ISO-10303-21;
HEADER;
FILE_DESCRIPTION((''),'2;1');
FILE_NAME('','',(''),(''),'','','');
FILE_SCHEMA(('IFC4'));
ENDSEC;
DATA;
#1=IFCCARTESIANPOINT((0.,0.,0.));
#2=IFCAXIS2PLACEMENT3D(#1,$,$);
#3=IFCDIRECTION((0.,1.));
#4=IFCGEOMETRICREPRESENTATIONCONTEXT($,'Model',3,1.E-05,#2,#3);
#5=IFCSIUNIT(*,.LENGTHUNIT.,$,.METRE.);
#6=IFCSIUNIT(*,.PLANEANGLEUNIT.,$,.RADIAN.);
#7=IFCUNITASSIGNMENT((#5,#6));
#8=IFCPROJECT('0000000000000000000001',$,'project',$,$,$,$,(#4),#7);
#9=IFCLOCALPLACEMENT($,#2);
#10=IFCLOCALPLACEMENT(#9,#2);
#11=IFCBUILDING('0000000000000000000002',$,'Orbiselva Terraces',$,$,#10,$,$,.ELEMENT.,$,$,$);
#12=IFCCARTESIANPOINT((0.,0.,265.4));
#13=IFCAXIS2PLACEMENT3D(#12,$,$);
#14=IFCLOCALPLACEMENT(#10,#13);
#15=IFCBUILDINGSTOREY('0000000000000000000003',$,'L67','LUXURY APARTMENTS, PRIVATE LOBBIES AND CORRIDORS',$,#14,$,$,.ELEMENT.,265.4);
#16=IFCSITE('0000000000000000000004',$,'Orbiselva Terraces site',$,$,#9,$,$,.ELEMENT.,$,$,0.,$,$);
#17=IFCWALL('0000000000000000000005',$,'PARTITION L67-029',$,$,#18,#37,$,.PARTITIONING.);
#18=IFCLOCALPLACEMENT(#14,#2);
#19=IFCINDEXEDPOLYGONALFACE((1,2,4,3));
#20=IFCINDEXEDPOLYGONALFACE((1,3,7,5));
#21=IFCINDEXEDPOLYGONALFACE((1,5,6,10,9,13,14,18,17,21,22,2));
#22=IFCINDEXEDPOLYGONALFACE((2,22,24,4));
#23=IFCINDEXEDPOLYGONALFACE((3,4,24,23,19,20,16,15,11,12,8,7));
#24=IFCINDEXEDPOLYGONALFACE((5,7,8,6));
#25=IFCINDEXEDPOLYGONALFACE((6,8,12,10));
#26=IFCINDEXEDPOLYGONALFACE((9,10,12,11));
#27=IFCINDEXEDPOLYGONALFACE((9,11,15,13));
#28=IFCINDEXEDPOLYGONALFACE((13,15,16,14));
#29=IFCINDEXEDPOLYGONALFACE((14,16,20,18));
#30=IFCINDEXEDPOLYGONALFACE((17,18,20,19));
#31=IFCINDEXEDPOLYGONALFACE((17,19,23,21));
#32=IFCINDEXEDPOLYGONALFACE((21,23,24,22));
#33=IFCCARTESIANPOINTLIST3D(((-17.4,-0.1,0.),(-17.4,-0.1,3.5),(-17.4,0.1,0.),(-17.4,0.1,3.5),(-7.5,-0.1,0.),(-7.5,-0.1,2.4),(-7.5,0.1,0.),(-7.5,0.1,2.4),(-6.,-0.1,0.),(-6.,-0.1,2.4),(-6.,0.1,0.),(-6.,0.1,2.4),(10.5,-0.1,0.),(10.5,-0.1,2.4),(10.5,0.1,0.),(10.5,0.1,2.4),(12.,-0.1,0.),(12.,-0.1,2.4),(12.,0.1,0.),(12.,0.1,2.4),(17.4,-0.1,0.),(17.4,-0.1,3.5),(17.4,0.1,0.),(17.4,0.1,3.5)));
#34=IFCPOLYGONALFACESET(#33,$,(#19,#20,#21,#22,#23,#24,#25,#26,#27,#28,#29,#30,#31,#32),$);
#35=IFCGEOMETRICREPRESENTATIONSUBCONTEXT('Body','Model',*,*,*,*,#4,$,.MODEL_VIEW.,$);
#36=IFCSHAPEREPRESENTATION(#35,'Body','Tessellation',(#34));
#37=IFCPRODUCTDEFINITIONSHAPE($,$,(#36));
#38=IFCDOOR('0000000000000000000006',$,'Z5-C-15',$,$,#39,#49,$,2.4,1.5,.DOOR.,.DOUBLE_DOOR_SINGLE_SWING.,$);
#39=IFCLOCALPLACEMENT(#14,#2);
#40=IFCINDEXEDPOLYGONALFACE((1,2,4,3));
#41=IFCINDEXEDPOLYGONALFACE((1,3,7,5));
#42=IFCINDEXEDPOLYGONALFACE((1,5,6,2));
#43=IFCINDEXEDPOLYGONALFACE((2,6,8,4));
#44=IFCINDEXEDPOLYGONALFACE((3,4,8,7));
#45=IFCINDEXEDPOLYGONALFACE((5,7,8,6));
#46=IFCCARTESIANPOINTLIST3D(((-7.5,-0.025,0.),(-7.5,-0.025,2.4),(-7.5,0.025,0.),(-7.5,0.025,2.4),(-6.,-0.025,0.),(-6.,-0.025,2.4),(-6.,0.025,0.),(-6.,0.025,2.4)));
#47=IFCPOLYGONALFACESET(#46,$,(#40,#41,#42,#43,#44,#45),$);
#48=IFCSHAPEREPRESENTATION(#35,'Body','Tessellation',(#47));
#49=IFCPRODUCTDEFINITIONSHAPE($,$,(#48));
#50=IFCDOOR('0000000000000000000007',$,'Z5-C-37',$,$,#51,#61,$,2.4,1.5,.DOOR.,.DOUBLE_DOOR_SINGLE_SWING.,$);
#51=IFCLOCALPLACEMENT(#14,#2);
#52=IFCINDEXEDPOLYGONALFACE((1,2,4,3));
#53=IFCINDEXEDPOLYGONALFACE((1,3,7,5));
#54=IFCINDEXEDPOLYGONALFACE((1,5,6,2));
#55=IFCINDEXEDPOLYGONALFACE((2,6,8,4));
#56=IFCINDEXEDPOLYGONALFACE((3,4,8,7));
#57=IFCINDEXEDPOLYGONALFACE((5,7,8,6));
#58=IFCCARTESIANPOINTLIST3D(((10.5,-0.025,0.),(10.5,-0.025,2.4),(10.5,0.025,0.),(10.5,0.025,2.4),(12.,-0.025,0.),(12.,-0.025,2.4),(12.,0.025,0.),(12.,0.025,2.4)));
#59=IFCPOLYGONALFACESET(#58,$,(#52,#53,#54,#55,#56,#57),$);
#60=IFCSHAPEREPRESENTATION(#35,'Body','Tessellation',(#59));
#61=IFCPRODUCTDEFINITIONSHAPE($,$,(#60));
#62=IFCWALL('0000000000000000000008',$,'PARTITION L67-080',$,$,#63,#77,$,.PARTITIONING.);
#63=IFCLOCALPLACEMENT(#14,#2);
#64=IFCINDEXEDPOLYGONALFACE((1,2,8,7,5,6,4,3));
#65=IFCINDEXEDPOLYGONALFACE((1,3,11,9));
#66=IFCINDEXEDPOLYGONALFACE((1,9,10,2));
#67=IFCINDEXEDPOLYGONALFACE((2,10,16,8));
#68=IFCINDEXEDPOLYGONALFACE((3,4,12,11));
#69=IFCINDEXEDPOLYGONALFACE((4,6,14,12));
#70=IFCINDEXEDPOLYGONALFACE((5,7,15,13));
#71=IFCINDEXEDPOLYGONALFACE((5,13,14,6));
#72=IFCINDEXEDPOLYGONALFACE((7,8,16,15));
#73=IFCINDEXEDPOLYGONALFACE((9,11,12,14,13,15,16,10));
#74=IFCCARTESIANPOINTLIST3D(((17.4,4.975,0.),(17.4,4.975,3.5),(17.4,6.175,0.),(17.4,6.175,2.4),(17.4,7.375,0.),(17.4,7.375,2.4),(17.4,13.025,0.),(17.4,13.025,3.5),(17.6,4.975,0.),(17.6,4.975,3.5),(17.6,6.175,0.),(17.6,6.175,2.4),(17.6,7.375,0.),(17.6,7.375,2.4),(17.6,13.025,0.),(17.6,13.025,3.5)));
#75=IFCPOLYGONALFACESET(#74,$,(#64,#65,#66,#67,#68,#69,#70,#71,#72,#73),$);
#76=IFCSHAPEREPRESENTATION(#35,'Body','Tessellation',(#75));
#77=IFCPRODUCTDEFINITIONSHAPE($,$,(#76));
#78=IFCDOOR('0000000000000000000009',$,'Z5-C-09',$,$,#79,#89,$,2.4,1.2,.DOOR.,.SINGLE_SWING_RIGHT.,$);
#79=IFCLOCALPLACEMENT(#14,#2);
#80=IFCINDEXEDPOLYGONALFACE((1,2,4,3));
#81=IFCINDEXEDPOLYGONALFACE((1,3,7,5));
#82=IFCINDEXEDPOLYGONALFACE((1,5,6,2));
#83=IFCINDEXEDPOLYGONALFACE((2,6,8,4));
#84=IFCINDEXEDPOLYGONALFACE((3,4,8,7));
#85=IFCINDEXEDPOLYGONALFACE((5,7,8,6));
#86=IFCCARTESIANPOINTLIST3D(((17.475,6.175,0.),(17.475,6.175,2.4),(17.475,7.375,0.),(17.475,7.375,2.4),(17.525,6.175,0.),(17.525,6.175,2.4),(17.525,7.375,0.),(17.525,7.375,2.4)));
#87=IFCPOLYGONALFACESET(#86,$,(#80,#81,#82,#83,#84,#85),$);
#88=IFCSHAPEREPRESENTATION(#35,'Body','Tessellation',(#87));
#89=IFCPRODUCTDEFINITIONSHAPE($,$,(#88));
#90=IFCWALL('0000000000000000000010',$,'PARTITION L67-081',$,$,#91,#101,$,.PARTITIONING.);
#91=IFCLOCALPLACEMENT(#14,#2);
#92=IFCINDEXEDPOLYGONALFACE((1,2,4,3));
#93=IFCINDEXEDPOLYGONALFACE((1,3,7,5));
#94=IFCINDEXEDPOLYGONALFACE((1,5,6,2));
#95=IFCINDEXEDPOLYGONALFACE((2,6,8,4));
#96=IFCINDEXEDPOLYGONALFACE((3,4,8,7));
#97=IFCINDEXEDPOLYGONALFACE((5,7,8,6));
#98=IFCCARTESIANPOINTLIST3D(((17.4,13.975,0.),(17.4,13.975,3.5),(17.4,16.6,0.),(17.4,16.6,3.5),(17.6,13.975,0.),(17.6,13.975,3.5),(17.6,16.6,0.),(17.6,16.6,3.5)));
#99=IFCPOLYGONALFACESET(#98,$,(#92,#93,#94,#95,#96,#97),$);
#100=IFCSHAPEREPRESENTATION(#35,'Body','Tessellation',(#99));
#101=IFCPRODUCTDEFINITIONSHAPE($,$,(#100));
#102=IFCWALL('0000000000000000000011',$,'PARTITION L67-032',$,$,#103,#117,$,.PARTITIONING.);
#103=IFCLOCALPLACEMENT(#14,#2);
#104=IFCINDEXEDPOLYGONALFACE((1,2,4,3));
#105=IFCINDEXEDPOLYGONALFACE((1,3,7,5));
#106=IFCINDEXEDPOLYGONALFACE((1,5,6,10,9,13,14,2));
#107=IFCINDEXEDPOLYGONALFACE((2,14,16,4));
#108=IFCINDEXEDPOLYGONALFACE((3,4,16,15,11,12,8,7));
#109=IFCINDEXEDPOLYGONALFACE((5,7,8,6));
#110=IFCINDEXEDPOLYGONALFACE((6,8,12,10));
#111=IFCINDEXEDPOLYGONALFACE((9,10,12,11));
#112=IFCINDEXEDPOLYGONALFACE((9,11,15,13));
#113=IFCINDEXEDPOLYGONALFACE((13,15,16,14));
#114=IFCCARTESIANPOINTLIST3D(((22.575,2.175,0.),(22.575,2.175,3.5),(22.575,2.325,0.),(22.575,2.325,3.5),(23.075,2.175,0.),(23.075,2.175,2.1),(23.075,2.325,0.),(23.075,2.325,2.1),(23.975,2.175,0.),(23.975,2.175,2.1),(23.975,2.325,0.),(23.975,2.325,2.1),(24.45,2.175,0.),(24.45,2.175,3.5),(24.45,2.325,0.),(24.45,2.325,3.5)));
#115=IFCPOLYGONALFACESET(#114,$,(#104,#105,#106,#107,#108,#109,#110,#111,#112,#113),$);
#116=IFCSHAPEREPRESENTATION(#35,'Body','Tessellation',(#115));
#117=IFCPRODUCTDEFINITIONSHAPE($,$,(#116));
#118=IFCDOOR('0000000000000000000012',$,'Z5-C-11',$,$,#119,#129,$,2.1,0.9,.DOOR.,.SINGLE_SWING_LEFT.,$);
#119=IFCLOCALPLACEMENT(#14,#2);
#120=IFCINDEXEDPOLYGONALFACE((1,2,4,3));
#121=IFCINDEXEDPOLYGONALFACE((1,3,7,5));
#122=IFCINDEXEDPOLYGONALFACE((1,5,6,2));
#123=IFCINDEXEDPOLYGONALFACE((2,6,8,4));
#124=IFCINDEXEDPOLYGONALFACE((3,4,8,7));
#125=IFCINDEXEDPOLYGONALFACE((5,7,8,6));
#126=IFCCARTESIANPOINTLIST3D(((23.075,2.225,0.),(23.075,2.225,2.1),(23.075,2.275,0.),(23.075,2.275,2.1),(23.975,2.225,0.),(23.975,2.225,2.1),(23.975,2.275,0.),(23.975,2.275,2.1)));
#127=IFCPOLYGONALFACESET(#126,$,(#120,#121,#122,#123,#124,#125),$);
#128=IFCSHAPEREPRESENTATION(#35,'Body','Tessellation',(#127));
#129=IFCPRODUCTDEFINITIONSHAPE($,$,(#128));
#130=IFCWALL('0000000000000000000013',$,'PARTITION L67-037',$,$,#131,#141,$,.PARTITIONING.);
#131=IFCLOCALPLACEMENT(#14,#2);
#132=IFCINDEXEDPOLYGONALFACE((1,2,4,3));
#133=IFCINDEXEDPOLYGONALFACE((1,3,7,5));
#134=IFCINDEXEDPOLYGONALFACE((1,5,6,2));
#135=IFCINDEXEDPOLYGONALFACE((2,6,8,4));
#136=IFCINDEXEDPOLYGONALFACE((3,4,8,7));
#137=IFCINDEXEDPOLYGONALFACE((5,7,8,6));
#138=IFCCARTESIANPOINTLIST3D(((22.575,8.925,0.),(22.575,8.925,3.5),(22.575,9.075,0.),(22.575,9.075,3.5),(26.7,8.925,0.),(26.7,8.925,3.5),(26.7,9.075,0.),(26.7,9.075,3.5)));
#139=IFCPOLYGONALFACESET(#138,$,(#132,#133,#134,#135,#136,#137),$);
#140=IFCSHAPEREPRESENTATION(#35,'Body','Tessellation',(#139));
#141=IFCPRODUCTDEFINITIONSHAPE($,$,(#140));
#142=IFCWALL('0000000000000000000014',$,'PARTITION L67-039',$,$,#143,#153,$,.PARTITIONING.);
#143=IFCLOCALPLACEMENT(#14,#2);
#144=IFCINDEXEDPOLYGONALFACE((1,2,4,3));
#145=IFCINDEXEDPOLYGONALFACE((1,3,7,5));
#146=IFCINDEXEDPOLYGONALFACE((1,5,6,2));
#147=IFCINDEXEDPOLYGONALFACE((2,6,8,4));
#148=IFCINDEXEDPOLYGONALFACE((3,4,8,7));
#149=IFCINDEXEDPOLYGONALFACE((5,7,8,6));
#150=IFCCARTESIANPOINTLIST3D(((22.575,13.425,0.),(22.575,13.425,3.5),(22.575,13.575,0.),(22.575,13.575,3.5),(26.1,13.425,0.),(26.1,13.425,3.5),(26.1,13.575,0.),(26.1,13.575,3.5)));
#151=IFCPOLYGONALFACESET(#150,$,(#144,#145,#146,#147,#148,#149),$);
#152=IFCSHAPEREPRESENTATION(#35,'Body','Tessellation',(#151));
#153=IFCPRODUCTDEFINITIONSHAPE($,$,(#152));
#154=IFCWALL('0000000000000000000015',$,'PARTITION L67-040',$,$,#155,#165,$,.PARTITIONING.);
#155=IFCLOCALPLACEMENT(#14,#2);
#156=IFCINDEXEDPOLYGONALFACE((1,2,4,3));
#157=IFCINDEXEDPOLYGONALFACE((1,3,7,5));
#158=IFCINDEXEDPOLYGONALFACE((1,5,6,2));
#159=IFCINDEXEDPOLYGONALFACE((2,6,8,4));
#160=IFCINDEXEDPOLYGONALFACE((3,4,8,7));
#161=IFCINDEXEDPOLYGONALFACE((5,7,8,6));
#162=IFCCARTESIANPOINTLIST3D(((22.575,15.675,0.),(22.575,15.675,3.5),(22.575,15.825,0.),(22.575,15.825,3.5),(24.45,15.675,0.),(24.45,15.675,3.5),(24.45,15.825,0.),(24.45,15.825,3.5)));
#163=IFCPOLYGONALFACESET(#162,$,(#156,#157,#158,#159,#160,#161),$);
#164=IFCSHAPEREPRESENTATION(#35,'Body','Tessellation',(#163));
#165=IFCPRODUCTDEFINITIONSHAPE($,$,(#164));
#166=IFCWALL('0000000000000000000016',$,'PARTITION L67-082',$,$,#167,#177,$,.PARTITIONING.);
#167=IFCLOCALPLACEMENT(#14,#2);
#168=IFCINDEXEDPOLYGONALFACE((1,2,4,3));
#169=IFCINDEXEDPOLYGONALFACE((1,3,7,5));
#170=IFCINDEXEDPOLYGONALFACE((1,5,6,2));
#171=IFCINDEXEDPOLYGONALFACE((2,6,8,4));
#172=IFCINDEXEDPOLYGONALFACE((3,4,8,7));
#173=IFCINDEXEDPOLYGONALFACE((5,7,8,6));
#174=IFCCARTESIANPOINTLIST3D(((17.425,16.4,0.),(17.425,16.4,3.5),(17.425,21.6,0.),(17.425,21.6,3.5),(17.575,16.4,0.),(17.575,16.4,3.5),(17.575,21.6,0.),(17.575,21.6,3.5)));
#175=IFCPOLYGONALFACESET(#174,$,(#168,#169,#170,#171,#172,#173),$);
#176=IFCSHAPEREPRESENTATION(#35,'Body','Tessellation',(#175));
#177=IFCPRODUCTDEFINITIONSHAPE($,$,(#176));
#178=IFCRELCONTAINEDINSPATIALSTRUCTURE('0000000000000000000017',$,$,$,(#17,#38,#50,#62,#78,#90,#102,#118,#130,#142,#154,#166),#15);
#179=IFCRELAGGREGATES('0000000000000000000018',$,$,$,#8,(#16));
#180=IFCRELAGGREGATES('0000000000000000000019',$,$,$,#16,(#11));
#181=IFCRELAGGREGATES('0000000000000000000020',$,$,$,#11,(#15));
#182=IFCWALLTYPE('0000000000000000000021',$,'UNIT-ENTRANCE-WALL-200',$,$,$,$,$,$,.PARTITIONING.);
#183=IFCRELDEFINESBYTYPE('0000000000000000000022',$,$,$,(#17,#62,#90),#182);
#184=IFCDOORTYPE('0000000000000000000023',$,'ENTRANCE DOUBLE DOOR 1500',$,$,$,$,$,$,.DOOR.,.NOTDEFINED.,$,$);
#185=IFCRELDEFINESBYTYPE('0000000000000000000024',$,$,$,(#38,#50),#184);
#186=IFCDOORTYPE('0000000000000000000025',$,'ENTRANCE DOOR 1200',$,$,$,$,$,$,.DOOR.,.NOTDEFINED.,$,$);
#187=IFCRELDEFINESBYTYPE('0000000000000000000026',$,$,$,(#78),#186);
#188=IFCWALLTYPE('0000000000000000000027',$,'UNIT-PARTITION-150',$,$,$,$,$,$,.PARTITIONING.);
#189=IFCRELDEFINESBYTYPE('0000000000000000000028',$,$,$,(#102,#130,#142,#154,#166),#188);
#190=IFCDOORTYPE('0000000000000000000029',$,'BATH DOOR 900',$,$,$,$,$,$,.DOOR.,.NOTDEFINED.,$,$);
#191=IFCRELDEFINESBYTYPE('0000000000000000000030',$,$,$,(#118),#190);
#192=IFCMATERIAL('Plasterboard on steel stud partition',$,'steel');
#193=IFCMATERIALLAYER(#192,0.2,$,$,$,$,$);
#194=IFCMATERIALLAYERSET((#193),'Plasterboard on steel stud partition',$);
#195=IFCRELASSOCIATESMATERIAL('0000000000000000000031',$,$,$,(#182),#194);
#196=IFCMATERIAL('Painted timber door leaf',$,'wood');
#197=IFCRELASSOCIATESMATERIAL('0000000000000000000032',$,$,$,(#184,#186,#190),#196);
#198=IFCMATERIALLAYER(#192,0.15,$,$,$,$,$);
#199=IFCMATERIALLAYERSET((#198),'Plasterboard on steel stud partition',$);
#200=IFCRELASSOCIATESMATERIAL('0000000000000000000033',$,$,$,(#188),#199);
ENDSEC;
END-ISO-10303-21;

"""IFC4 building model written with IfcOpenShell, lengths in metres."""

from ifc_helpers import new_model, si_unit, direction, frame, frame_2d, origin, place, context, subcontext, project, spatial, rectangle, extrude, material, layer, layer_set, type_object, element, fill, save


model = new_model("IFC4")

# Units and contexts
model_context = context("Model", 3, precision=1e-05, world=origin(), true_north=direction((0.0, 1.0)))
body_context = subcontext(model_context, "Body", "Model", "MODEL_VIEW")
ifc_project = project(units=[si_unit("LENGTHUNIT", "METRE"), si_unit("PLANEANGLEUNIT", "RADIAN")], contexts=[model_context])

# Site, building, storey
site_placement = place(None, origin())
site = spatial("IfcSite", under=ifc_project, at=site_placement, Name="Orbiselva Terraces site", CompositionType="ELEMENT", RefElevation=0.0)
building_placement = place(site_placement, origin())
building = spatial("IfcBuilding", under=site, at=building_placement, Name="Orbiselva Terraces", CompositionType="ELEMENT")
storey_placement = place(building_placement, frame((0.0, 0.0, 265.4)))
storey = spatial("IfcBuildingStorey", under=building, at=storey_placement, Name="L67", Description="LUXURY APARTMENTS, PRIVATE LOBBIES AND CORRIDORS", CompositionType="ELEMENT", Elevation=265.4)

# Wall, openings, doors
ifc_material_1 = material(Name="Plasterboard on steel stud partition", Category="steel")
ifc_layer_1 = layer(ifc_material_1, 0.2)
ifc_layer_set_1 = layer_set([ifc_layer_1], Name="Plasterboard on steel stud partition")
wall_type_1 = type_object("IfcWallType", Name="UNIT-ENTRANCE-WALL-200", PredefinedType="PARTITIONING", material=ifc_layer_set_1)
wall_1_placement = place(storey_placement, frame((17.4, 0.0, 0.0), z_axis=(0.0, 0.0, 1.0), x_axis=(-1.0, 0.0, 0.0)))
wall_1 = element("IfcWall", 1, at=wall_1_placement, inside=storey, type_object=wall_type_1, Name="PARTITION L67-029", PredefinedType="PARTITIONING", context=body_context, shape_type="SweptSolid", body=[
    extrude(rectangle(XDim=34.8, YDim=0.2, at=frame_2d((17.4, 0.0))), origin(), (0.0, 0.0, 1.0), 3.5),
])
opening_1_placement = place(wall_1_placement, frame((23.4, 0.0, 0.0)))
opening_1 = element("IfcOpeningElement", 2, at=opening_1_placement, cuts=wall_1, PredefinedType="OPENING", context=body_context, shape_type="SweptSolid", body=[
    extrude(rectangle(XDim=1.5, YDim=2.4, at=frame_2d((0.75, 1.2))), frame((0.0, 0.11, 0.0), z_axis=(0.0, -1.0, 0.0), x_axis=(1.0, 0.0, 0.0)), (0.0, 0.0, 1.0), 0.22),
])
opening_2_placement = place(wall_1_placement, frame((5.4, 0.0, 0.0)))
opening_2 = element("IfcOpeningElement", 3, at=opening_2_placement, cuts=wall_1, PredefinedType="OPENING", context=body_context, shape_type="SweptSolid", body=[
    extrude(rectangle(XDim=1.5, YDim=2.4, at=frame_2d((0.75, 1.2))), frame((0.0, 0.11, 0.0), z_axis=(0.0, -1.0, 0.0), x_axis=(1.0, 0.0, 0.0)), (0.0, 0.0, 1.0), 0.22),
])
ifc_material_2 = material(Name="Painted timber door leaf", Category="wood")
door_type_1 = type_object("IfcDoorType", Name="ENTRANCE DOUBLE DOOR 1500", OperationType="NOTDEFINED", PredefinedType="DOOR", material=ifc_material_2)
door_1_placement = place(opening_1_placement, origin())
door_1 = element("IfcDoor", 4, at=door_1_placement, inside=storey, type_object=door_type_1, Name="Z5-C-15", OperationType="DOUBLE_DOOR_SINGLE_SWING", OverallHeight=2.4, OverallWidth=1.5, PredefinedType="DOOR", context=body_context, shape_type="SweptSolid", body=[
    extrude(rectangle(XDim=1.5, YDim=2.4, at=frame_2d((0.75, 1.2))), frame((0.0, 0.025, 0.0), z_axis=(0.0, -1.0, 0.0), x_axis=(1.0, 0.0, 0.0)), (0.0, 0.0, 1.0), 0.05),
])
fill(opening_1, door_1)
door_2_placement = place(opening_2_placement, origin())
door_2 = element("IfcDoor", 5, at=door_2_placement, inside=storey, type_object=door_type_1, Name="Z5-C-37", OperationType="DOUBLE_DOOR_SINGLE_SWING", OverallHeight=2.4, OverallWidth=1.5, PredefinedType="DOOR", context=body_context, shape_type="SweptSolid", body=[
    extrude(rectangle(XDim=1.5, YDim=2.4, at=frame_2d((0.75, 1.2))), frame((0.0, 0.025, 0.0), z_axis=(0.0, -1.0, 0.0), x_axis=(1.0, 0.0, 0.0)), (0.0, 0.0, 1.0), 0.05),
])
fill(opening_2, door_2)

# Wall, opening, door
wall_2_placement = place(storey_placement, frame((17.5, 13.025, 0.0), z_axis=(0.0, 0.0, 1.0), x_axis=(0.0, -1.0, 0.0)))
wall_2 = element("IfcWall", 6, at=wall_2_placement, inside=storey, type_object=wall_type_1, Name="PARTITION L67-080", PredefinedType="PARTITIONING", context=body_context, shape_type="SweptSolid", body=[
    extrude(rectangle(XDim=8.05, YDim=0.2, at=frame_2d((4.025, 0.0))), origin(), (0.0, 0.0, 1.0), 3.5),
])
opening_3_placement = place(wall_2_placement, frame((5.65, 0.0, 0.0)))
opening_3 = element("IfcOpeningElement", 7, at=opening_3_placement, cuts=wall_2, PredefinedType="OPENING", context=body_context, shape_type="SweptSolid", body=[
    extrude(rectangle(XDim=1.2, YDim=2.4, at=frame_2d((0.6, 1.2))), frame((0.0, 0.11, 0.0), z_axis=(0.0, -1.0, 0.0), x_axis=(1.0, 0.0, 0.0)), (0.0, 0.0, 1.0), 0.22),
])
door_type_2 = type_object("IfcDoorType", Name="ENTRANCE DOOR 1200", OperationType="NOTDEFINED", PredefinedType="DOOR", material=ifc_material_2)
door_3_placement = place(opening_3_placement, origin())
door_3 = element("IfcDoor", 8, at=door_3_placement, inside=storey, type_object=door_type_2, Name="Z5-C-09", OperationType="SINGLE_SWING_RIGHT", OverallHeight=2.4, OverallWidth=1.2, PredefinedType="DOOR", context=body_context, shape_type="SweptSolid", body=[
    extrude(rectangle(XDim=1.2, YDim=2.4, at=frame_2d((0.6, 1.2))), frame((0.0, 0.025, 0.0), z_axis=(0.0, -1.0, 0.0), x_axis=(1.0, 0.0, 0.0)), (0.0, 0.0, 1.0), 0.05),
])
fill(opening_3, door_3)

# Wall
wall_3_placement = place(storey_placement, frame((17.5, 13.975, 0.0), z_axis=(0.0, 0.0, 1.0), x_axis=(0.0, 1.0, 0.0)))
element("IfcWall", 9, at=wall_3_placement, inside=storey, type_object=wall_type_1, Name="PARTITION L67-081", PredefinedType="PARTITIONING", context=body_context, shape_type="SweptSolid", body=[
    extrude(rectangle(XDim=2.625, YDim=0.2, at=frame_2d((1.3125, 0.0))), origin(), (0.0, 0.0, 1.0), 3.5),
])

# Wall, opening, door
ifc_layer_2 = layer(ifc_material_1, 0.15)
ifc_layer_set_2 = layer_set([ifc_layer_2], Name="Plasterboard on steel stud partition")
wall_type_2 = type_object("IfcWallType", Name="UNIT-PARTITION-150", PredefinedType="PARTITIONING", material=ifc_layer_set_2)
wall_4_placement = place(storey_placement, frame((24.45, 2.25, 0.0), z_axis=(0.0, 0.0, 1.0), x_axis=(-1.0, 0.0, 0.0)))
wall_4 = element("IfcWall", 10, at=wall_4_placement, inside=storey, type_object=wall_type_2, Name="PARTITION L67-032", PredefinedType="PARTITIONING", context=body_context, shape_type="SweptSolid", body=[
    extrude(rectangle(XDim=1.875, YDim=0.15, at=frame_2d((0.9375, 0.0))), origin(), (0.0, 0.0, 1.0), 3.5),
])
opening_4_placement = place(wall_4_placement, frame((0.475, 0.0, 0.0)))
opening_4 = element("IfcOpeningElement", 11, at=opening_4_placement, cuts=wall_4, PredefinedType="OPENING", context=body_context, shape_type="SweptSolid", body=[
    extrude(rectangle(XDim=0.9, YDim=2.1, at=frame_2d((0.45, 1.05))), frame((0.0, 0.085, 0.0), z_axis=(0.0, -1.0, 0.0), x_axis=(1.0, 0.0, 0.0)), (0.0, 0.0, 1.0), 0.17),
])
door_type_3 = type_object("IfcDoorType", Name="BATH DOOR 900", OperationType="NOTDEFINED", PredefinedType="DOOR", material=ifc_material_2)
door_4_placement = place(opening_4_placement, origin())
door_4 = element("IfcDoor", 12, at=door_4_placement, inside=storey, type_object=door_type_3, Name="Z5-C-11", OperationType="SINGLE_SWING_LEFT", OverallHeight=2.1, OverallWidth=0.9, PredefinedType="DOOR", context=body_context, shape_type="SweptSolid", body=[
    extrude(rectangle(XDim=0.9, YDim=2.1, at=frame_2d((0.45, 1.05))), frame((0.0, 0.025, 0.0), z_axis=(0.0, -1.0, 0.0), x_axis=(1.0, 0.0, 0.0)), (0.0, 0.0, 1.0), 0.05),
])
fill(opening_4, door_4)

# Walls
wall_5_placement = place(storey_placement, frame((22.575, 9.0, 0.0), z_axis=(0.0, 0.0, 1.0), x_axis=(1.0, 0.0, 0.0)))
element("IfcWall", 13, at=wall_5_placement, inside=storey, type_object=wall_type_2, Name="PARTITION L67-037", PredefinedType="PARTITIONING", context=body_context, shape_type="SweptSolid", body=[
    extrude(rectangle(XDim=4.125, YDim=0.15, at=frame_2d((2.0625, 0.0))), origin(), (0.0, 0.0, 1.0), 3.5),
])
wall_6_placement = place(storey_placement, frame((22.575, 13.5, 0.0), z_axis=(0.0, 0.0, 1.0), x_axis=(1.0, 0.0, 0.0)))
element("IfcWall", 14, at=wall_6_placement, inside=storey, type_object=wall_type_2, Name="PARTITION L67-039", PredefinedType="PARTITIONING", context=body_context, shape_type="SweptSolid", body=[
    extrude(rectangle(XDim=3.525, YDim=0.15, at=frame_2d((1.7625, 0.0))), origin(), (0.0, 0.0, 1.0), 3.5),
])
wall_7_placement = place(storey_placement, frame((22.575, 15.75, 0.0), z_axis=(0.0, 0.0, 1.0), x_axis=(1.0, 0.0, 0.0)))
element("IfcWall", 15, at=wall_7_placement, inside=storey, type_object=wall_type_2, Name="PARTITION L67-040", PredefinedType="PARTITIONING", context=body_context, shape_type="SweptSolid", body=[
    extrude(rectangle(XDim=1.875, YDim=0.15, at=frame_2d((0.9375, 0.0))), origin(), (0.0, 0.0, 1.0), 3.5),
])
wall_8_placement = place(storey_placement, frame((17.5, 16.4, 0.0), z_axis=(0.0, 0.0, 1.0), x_axis=(0.0, 1.0, 0.0)))
element("IfcWall", 16, at=wall_8_placement, inside=storey, type_object=wall_type_2, Name="PARTITION L67-082", PredefinedType="PARTITIONING", context=body_context, shape_type="SweptSolid", body=[
    extrude(rectangle(XDim=5.2, YDim=0.15, at=frame_2d((2.6, 0.0))), origin(), (0.0, 0.0, 1.0), 3.5),
])

save(model, "model.ifc")
